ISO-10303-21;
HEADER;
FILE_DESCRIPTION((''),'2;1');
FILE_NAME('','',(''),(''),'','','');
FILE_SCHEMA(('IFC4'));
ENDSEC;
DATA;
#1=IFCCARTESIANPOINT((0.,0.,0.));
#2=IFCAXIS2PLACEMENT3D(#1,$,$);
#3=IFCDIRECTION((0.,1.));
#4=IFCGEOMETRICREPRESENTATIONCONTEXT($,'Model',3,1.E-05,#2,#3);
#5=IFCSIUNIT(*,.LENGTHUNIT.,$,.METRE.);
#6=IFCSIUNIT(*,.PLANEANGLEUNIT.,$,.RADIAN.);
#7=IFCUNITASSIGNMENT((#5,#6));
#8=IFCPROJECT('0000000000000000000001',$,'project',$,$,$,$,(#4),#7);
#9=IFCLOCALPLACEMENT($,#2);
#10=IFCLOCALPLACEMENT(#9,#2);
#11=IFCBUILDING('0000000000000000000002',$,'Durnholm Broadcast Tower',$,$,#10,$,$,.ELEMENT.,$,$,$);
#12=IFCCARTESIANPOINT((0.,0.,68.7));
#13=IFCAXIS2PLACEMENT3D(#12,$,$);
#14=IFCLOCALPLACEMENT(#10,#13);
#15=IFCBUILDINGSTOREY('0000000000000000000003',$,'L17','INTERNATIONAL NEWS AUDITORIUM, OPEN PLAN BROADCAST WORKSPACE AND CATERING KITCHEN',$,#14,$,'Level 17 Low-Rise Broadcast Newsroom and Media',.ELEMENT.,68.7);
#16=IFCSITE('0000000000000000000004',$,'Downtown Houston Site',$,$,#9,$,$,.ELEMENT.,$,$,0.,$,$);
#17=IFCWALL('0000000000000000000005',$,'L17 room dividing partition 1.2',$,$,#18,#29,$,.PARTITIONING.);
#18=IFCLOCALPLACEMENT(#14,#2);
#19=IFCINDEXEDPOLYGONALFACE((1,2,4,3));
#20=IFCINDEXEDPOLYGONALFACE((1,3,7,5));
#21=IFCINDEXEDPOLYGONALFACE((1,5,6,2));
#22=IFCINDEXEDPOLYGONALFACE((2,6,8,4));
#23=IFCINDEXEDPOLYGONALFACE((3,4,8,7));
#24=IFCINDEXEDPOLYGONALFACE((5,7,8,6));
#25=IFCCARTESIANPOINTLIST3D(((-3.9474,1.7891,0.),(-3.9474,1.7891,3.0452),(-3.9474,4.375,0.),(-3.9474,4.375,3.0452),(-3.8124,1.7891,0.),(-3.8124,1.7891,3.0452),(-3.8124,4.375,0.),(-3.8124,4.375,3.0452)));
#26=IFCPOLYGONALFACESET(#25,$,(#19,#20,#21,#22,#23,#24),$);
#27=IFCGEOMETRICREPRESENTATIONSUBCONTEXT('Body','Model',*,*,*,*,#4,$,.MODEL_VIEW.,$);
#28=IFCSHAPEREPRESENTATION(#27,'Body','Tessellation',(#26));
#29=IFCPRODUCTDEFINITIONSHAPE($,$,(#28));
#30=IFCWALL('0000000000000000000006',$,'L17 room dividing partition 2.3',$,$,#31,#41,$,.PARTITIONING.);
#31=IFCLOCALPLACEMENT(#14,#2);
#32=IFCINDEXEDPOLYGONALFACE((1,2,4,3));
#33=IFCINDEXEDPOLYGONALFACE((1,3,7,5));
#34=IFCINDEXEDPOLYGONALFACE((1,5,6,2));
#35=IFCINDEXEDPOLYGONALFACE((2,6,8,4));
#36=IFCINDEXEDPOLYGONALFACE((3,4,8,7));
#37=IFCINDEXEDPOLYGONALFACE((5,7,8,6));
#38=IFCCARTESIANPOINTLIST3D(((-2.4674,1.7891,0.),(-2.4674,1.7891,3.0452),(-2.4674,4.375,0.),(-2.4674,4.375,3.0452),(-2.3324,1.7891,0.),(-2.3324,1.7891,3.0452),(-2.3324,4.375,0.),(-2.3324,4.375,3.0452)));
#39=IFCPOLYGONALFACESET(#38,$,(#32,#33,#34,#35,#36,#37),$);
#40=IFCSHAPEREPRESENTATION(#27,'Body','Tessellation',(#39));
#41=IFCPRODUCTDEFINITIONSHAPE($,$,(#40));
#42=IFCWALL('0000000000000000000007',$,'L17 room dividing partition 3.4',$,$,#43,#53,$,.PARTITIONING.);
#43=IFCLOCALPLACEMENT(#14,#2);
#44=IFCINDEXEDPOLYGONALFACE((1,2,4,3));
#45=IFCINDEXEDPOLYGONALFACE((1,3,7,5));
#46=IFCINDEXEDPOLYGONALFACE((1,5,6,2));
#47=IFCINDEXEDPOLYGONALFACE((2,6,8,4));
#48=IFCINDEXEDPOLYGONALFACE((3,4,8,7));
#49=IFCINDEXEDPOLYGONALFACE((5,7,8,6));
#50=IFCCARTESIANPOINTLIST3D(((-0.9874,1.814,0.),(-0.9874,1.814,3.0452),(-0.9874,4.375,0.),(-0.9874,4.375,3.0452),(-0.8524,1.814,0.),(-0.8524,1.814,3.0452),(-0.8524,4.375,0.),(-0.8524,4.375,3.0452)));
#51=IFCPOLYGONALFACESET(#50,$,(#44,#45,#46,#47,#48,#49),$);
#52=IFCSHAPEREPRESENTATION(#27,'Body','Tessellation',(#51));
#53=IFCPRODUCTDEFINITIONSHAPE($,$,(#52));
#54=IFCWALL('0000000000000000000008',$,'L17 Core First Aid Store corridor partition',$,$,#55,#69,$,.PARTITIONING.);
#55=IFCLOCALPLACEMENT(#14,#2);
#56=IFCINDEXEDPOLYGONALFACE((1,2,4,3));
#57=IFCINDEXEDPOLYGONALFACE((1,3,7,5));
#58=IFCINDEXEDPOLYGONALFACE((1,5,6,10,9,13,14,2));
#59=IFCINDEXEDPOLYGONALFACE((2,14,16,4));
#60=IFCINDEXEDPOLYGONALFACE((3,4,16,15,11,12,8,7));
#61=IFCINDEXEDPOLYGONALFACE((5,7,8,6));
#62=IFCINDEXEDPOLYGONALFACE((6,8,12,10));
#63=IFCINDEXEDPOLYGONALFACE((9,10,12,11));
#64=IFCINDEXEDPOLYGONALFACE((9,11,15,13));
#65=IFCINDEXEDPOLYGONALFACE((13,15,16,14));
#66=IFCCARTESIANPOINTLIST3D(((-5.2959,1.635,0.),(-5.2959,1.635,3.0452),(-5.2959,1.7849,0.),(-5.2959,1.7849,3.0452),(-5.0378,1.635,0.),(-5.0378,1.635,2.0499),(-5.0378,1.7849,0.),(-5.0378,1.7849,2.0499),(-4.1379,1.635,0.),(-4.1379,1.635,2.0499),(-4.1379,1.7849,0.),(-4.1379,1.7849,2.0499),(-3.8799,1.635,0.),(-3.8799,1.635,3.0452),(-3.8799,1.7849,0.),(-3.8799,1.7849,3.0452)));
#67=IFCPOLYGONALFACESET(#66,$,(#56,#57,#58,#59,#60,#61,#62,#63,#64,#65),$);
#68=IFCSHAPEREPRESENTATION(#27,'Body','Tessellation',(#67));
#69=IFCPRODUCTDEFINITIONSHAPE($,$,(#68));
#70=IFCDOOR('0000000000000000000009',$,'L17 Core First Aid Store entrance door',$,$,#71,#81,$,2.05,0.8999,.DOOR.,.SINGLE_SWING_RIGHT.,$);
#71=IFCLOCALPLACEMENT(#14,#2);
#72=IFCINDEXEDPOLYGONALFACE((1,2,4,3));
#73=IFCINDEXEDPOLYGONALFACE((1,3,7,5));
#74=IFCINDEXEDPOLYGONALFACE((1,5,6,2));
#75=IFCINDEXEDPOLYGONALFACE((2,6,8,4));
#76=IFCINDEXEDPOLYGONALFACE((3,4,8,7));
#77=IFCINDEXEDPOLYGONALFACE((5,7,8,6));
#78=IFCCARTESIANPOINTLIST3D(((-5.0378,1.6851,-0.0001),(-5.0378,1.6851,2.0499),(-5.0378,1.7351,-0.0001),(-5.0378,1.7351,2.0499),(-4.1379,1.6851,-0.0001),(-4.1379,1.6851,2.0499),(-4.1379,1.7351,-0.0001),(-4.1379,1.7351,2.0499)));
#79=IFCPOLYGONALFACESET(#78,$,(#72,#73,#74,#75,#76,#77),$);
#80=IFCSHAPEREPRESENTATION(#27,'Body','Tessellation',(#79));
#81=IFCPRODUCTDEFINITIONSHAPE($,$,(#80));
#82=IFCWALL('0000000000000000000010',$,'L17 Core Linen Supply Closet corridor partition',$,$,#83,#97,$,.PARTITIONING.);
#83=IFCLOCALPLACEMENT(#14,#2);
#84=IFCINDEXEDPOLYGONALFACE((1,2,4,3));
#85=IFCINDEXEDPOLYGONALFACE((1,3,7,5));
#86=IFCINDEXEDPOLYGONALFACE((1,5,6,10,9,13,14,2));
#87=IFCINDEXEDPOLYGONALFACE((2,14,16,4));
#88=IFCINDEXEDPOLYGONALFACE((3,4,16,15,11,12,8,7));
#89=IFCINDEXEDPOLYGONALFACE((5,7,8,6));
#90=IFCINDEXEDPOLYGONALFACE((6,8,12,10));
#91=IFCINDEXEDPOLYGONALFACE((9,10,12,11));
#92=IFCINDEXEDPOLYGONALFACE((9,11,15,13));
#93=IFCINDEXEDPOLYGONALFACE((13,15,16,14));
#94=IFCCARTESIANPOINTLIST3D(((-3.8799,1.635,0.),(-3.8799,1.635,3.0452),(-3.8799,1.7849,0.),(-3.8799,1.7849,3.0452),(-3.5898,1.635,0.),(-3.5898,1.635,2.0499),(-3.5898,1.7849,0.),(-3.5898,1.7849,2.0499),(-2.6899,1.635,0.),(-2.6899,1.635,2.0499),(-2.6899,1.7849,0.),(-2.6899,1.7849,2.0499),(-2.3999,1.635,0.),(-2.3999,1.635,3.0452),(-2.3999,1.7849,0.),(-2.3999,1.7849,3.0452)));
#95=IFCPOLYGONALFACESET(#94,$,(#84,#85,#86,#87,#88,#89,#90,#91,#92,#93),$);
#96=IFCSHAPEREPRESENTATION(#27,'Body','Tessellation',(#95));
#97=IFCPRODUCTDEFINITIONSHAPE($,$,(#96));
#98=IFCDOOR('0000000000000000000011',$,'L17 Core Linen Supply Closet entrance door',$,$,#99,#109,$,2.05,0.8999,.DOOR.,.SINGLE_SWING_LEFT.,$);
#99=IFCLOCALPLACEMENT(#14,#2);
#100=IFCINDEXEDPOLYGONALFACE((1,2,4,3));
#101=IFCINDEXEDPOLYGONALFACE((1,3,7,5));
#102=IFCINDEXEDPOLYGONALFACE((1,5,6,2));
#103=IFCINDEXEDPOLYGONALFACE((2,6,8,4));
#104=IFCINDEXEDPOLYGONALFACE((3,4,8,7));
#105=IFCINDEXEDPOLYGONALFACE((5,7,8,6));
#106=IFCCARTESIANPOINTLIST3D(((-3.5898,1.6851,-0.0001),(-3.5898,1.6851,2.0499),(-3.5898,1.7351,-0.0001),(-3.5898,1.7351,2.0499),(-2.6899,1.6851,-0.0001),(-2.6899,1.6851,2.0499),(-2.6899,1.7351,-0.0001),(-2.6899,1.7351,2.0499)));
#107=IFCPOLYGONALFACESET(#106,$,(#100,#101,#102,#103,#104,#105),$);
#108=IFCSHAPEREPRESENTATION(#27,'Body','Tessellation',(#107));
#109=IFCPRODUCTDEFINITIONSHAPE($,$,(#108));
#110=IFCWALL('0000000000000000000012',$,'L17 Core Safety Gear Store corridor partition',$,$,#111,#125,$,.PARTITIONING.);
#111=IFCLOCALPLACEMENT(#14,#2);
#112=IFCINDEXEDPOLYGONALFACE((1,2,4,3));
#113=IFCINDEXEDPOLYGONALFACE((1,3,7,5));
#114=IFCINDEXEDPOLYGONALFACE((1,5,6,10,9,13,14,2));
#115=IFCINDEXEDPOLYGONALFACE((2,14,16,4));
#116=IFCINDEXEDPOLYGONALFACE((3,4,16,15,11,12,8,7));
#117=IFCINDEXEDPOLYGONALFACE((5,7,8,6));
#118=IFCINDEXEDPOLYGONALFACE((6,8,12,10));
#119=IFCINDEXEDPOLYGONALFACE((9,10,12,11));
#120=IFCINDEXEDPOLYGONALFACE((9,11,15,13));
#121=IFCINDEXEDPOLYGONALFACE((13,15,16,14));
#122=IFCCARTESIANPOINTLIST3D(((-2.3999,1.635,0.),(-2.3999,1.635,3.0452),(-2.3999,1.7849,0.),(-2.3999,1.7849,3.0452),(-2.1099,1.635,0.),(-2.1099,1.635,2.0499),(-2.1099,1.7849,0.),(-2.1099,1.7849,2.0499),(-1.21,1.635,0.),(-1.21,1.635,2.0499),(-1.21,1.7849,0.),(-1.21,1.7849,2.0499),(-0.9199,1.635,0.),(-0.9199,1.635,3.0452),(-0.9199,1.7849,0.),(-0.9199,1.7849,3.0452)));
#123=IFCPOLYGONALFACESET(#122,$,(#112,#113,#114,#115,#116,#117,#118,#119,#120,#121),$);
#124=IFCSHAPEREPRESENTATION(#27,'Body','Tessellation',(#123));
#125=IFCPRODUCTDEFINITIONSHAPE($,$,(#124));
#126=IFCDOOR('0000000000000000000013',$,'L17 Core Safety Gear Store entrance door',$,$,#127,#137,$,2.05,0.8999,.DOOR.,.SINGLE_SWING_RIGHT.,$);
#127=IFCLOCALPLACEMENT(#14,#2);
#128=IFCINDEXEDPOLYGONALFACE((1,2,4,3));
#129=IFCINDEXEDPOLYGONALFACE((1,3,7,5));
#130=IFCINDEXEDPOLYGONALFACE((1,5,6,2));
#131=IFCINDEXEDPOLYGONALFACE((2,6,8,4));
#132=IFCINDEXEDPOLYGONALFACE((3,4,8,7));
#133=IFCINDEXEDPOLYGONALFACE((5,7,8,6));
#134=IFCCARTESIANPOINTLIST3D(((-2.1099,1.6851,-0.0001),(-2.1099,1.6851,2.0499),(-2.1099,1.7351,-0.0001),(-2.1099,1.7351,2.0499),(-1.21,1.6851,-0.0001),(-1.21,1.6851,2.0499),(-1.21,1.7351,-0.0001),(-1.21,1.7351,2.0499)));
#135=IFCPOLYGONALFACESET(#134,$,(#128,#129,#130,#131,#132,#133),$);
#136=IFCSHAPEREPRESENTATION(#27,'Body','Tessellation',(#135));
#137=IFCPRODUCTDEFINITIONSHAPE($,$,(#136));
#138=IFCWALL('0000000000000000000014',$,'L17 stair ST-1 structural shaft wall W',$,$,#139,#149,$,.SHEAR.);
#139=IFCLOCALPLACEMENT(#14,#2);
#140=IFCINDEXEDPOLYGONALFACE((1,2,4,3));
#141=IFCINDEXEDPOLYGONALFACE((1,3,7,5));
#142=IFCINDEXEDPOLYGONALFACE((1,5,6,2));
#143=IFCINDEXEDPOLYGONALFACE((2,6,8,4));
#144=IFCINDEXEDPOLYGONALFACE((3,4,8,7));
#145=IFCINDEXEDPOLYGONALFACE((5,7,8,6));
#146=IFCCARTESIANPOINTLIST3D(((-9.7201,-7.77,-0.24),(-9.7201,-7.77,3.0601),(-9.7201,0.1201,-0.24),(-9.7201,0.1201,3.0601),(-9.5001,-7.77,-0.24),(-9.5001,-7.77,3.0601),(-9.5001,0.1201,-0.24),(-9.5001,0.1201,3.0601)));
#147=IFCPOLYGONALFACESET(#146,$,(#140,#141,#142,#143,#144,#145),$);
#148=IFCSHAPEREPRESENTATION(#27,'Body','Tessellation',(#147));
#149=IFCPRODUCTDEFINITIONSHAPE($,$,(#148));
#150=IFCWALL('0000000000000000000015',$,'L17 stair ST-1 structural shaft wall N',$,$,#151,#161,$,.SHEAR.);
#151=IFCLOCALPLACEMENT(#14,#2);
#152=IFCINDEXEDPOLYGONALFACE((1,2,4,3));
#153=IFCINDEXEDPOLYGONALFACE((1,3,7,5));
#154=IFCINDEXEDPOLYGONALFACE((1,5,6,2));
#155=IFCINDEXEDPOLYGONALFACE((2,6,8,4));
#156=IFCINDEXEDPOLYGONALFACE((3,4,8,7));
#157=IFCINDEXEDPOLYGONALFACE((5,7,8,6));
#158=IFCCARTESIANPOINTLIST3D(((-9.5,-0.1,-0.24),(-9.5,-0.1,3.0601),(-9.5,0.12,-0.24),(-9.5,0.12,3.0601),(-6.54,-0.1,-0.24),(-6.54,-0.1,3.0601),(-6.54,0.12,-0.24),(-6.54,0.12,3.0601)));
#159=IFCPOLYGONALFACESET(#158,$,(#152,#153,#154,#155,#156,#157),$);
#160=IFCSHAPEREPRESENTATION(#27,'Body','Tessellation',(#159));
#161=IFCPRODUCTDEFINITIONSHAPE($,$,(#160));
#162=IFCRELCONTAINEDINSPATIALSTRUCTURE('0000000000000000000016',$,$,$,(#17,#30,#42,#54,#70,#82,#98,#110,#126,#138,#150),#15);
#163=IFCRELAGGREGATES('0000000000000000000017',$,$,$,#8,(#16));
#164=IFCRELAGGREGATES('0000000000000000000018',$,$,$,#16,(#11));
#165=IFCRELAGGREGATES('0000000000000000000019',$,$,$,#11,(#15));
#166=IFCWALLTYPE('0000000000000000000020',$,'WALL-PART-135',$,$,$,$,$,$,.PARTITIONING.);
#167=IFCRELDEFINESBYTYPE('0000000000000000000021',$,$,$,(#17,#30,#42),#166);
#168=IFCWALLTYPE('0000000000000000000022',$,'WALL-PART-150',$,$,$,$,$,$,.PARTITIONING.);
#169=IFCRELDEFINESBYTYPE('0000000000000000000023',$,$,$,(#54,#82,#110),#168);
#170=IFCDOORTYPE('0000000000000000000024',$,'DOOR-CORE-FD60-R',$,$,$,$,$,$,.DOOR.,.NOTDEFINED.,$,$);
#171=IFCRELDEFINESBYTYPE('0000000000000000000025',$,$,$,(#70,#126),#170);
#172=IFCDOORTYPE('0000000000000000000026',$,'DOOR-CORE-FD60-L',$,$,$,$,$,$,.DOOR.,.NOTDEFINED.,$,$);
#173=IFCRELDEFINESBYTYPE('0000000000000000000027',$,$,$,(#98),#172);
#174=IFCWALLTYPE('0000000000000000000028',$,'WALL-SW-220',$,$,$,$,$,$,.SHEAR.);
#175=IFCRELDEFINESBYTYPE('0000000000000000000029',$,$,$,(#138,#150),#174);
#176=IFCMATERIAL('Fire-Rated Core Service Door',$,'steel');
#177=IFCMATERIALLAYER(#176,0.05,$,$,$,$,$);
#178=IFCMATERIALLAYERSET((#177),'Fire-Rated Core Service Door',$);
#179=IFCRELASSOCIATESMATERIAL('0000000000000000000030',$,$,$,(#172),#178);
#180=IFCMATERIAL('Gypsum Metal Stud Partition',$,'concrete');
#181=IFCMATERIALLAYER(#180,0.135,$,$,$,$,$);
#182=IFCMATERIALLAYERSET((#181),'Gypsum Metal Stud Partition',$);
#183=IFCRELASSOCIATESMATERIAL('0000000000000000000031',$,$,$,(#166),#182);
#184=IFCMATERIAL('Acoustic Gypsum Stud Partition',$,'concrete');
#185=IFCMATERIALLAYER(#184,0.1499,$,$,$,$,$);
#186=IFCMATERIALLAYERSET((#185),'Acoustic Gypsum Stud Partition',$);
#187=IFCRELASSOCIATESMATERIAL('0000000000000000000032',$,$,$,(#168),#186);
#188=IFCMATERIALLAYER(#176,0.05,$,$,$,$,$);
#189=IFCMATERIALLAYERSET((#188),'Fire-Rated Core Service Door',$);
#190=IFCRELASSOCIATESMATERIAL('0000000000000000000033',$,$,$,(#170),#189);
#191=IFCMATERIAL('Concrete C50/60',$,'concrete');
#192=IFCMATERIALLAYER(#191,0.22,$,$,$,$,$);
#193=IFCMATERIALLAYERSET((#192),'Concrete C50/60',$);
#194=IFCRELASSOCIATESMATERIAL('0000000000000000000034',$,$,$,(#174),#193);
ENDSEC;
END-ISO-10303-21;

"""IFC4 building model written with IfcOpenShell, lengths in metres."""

from ifc_helpers import new_model, si_unit, direction, frame, frame_2d, origin, place, context, subcontext, project, spatial, rectangle, extrude, source, transform, mapped, material, layer, layer_set, type_object, type_shapes, element, fill, save


model = new_model("IFC4")

# Units and contexts
model_context = context("Model", 3, precision=1e-05, world=origin(), true_north=direction((0.0, 1.0)))
body_context = subcontext(model_context, "Body", "Model", "MODEL_VIEW")
ifc_project = project(units=[si_unit("LENGTHUNIT", "METRE"), si_unit("PLANEANGLEUNIT", "RADIAN")], contexts=[model_context])

# Site, building, storey
site_placement = place(None, origin())
site = spatial("IfcSite", under=ifc_project, at=site_placement, Name="Downtown Houston Site", CompositionType="ELEMENT", RefElevation=0.0)
building_placement = place(site_placement, origin())
building = spatial("IfcBuilding", under=site, at=building_placement, Name="Durnholm Broadcast Tower", CompositionType="ELEMENT")
storey_placement = place(building_placement, frame((0.0, 0.0, 68.7)))
storey = spatial("IfcBuildingStorey", under=building, at=storey_placement, Name="L17", Description="INTERNATIONAL NEWS AUDITORIUM, OPEN PLAN BROADCAST WORKSPACE AND CATERING KITCHEN", LongName="Level 17 Low-Rise Broadcast Newsroom and Media", CompositionType="ELEMENT", Elevation=68.7)

# Shared definitions
ifc_material_1 = material(Name="Concrete C50/60", Category="concrete")

# Shared definitions
ifc_material_2 = material(Name="Fire-Rated Core Service Door", Category="steel")
ifc_layer_1 = layer(ifc_material_2, 0.05)
ifc_layer_set_1 = layer_set([ifc_layer_1], Name="Fire-Rated Core Service Door")
door_type_1 = type_object("IfcDoorType", Name="DOOR-CORE-FD60-L", OperationType="NOTDEFINED", PredefinedType="DOOR", material=ifc_layer_set_1)
shared_shape_1 = source(origin(), body_context, "Body", "SweptSolid", [
    extrude(rectangle(XDim=0.8999, YDim=2.05, at=frame_2d((0.45, 1.0249))), frame((0.0, 0.0249, 0.0), z_axis=(0.0, -1.0, 0.0), x_axis=(1.0, 0.0, 0.0)), (0.0, 0.0, 1.0), 0.05),
])
type_shapes(door_type_1, [shared_shape_1])

# Walls
ifc_material_3 = material(Name="Gypsum Metal Stud Partition", Category="concrete")
ifc_layer_2 = layer(ifc_material_3, 0.135)
ifc_layer_set_2 = layer_set([ifc_layer_2], Name="Gypsum Metal Stud Partition")
wall_type_1 = type_object("IfcWallType", Name="WALL-PART-135", PredefinedType="PARTITIONING", material=ifc_layer_set_2)
for number, where, z_axis, x_axis, name in (
    (1, (-3.8799, 4.375, 0.0), (0.0, 0.0, 1.0), (0.0, -1.0, 0.0), "L17 room dividing partition 1.2"),
    (2, (-2.3999, 4.375, 0.0), (0.0, 0.0, 1.0), (0.0, -1.0, 0.0), "L17 room dividing partition 2.3"),
):
    element("IfcWall", number, at=place(storey_placement, frame(where, z_axis=z_axis, x_axis=x_axis)), inside=storey, type_object=wall_type_1, Name=name, PredefinedType="PARTITIONING", context=body_context, shape_type="SweptSolid", body=[
        extrude(rectangle(XDim=2.5859, YDim=0.135, at=frame_2d((1.293, 0.0))), origin(), (0.0, 0.0, 1.0), 3.0452),
    ])
wall_1_placement = place(storey_placement, frame((-0.9199, 4.375, 0.0), z_axis=(0.0, 0.0, 1.0), x_axis=(0.0, -1.0, 0.0)))
element("IfcWall", 3, at=wall_1_placement, inside=storey, type_object=wall_type_1, Name="L17 room dividing partition 3.4", PredefinedType="PARTITIONING", context=body_context, shape_type="SweptSolid", body=[
    extrude(rectangle(XDim=2.561, YDim=0.135, at=frame_2d((1.2805, 0.0))), origin(), (0.0, 0.0, 1.0), 3.0452),
])

# Walls, openings, doors
ifc_material_4 = material(Name="Acoustic Gypsum Stud Partition", Category="concrete")
ifc_layer_3 = layer(ifc_material_4, 0.1499)
ifc_layer_set_3 = layer_set([ifc_layer_3], Name="Acoustic Gypsum Stud Partition")
wall_type_2 = type_object("IfcWallType", Name="WALL-PART-150", PredefinedType="PARTITIONING", material=ifc_layer_set_3)
wall_2_placement = place(storey_placement, frame((-3.8799, 1.71, 0.0), z_axis=(0.0, 0.0, 1.0), x_axis=(-1.0, 0.0, 0.0)))
wall_2 = element("IfcWall", 4, at=wall_2_placement, inside=storey, type_object=wall_type_2, Name="L17 Core First Aid Store corridor partition", PredefinedType="PARTITIONING", context=body_context, shape_type="SweptSolid", body=[
    extrude(rectangle(XDim=1.416, YDim=0.1499, at=frame_2d((0.708, 0.0))), origin(), (0.0, 0.0, 1.0), 3.0452),
])
opening_1_placement = place(wall_2_placement, frame((0.2581, 0.0, 0.0)))
opening_1 = element("IfcOpeningElement", 5, at=opening_1_placement, cuts=wall_2, PredefinedType="OPENING", context=body_context, shape_type="SweptSolid", body=[
    extrude(rectangle(XDim=0.8999, YDim=2.05, at=frame_2d((0.45, 1.0249))), frame((0.0, 0.085, 0.0), z_axis=(0.0, -1.0, 0.0), x_axis=(1.0, 0.0, 0.0)), (0.0, 0.0, 1.0), 0.1699),
])
ifc_layer_4 = layer(ifc_material_2, 0.05)
ifc_layer_set_4 = layer_set([ifc_layer_4], Name="Fire-Rated Core Service Door")
door_type_2 = type_object("IfcDoorType", Name="DOOR-CORE-FD60-R", OperationType="NOTDEFINED", PredefinedType="DOOR", material=ifc_layer_set_4)
shared_shape_2 = source(origin(), body_context, "Body", "SweptSolid", [
    extrude(rectangle(XDim=0.8999, YDim=2.05, at=frame_2d((0.45, 1.0249))), frame((0.0, 0.0249, 0.0), z_axis=(0.0, -1.0, 0.0), x_axis=(1.0, 0.0, 0.0)), (0.0, 0.0, 1.0), 0.05),
])
type_shapes(door_type_2, [shared_shape_2])
door_1_placement = place(opening_1_placement, origin())
door_1 = element("IfcDoor", 6, at=door_1_placement, inside=storey, type_object=door_type_2, Name="L17 Core First Aid Store entrance door", OperationType="SINGLE_SWING_RIGHT", OverallHeight=2.05, OverallWidth=0.8999, PredefinedType="DOOR", context=body_context, shape_type="MappedRepresentation", body=[
    mapped(shared_shape_2, transform((0.0, 0.0, 0.0), x_axis=(1.0, 0.0, 0.0), y_axis=(0.0, 1.0, 0.0), z_axis=(0.0, 0.0, 1.0), scale=1.0)),
])
fill(opening_1, door_1)
wall_3_placement = place(storey_placement, frame((-2.3999, 1.71, 0.0), z_axis=(0.0, 0.0, 1.0), x_axis=(-1.0, 0.0, 0.0)))
wall_3 = element("IfcWall", 7, at=wall_3_placement, inside=storey, type_object=wall_type_2, Name="L17 Core Linen Supply Closet corridor partition", PredefinedType="PARTITIONING", context=body_context, shape_type="SweptSolid", body=[
    extrude(rectangle(XDim=1.48, YDim=0.1499, at=frame_2d((0.74, 0.0))), origin(), (0.0, 0.0, 1.0), 3.0452),
])
opening_2_placement = place(wall_3_placement, frame((0.29, 0.0, 0.0)))
opening_2 = element("IfcOpeningElement", 8, at=opening_2_placement, cuts=wall_3, PredefinedType="OPENING", context=body_context, shape_type="SweptSolid", body=[
    extrude(rectangle(XDim=0.8999, YDim=2.05, at=frame_2d((0.45, 1.0249))), frame((0.0, 0.085, 0.0), z_axis=(0.0, -1.0, 0.0), x_axis=(1.0, 0.0, 0.0)), (0.0, 0.0, 1.0), 0.1699),
])
door_2_placement = place(opening_2_placement, origin())
door_2 = element("IfcDoor", 9, at=door_2_placement, inside=storey, type_object=door_type_1, Name="L17 Core Linen Supply Closet entrance door", OperationType="SINGLE_SWING_LEFT", OverallHeight=2.05, OverallWidth=0.8999, PredefinedType="DOOR", context=body_context, shape_type="MappedRepresentation", body=[
    mapped(shared_shape_1, transform((0.0, 0.0, 0.0), x_axis=(1.0, 0.0, 0.0), y_axis=(0.0, 1.0, 0.0), z_axis=(0.0, 0.0, 1.0), scale=1.0)),
])
fill(opening_2, door_2)
wall_4_placement = place(storey_placement, frame((-0.9199, 1.71, 0.0), z_axis=(0.0, 0.0, 1.0), x_axis=(-1.0, 0.0, 0.0)))
wall_4 = element("IfcWall", 10, at=wall_4_placement, inside=storey, type_object=wall_type_2, Name="L17 Core Safety Gear Store corridor partition", PredefinedType="PARTITIONING", context=body_context, shape_type="SweptSolid", body=[
    extrude(rectangle(XDim=1.48, YDim=0.1499, at=frame_2d((0.74, 0.0))), origin(), (0.0, 0.0, 1.0), 3.0452),
])
opening_3_placement = place(wall_4_placement, frame((0.29, 0.0, 0.0)))
opening_3 = element("IfcOpeningElement", 11, at=opening_3_placement, cuts=wall_4, PredefinedType="OPENING", context=body_context, shape_type="SweptSolid", body=[
    extrude(rectangle(XDim=0.8999, YDim=2.05, at=frame_2d((0.45, 1.0249))), frame((0.0, 0.085, 0.0), z_axis=(0.0, -1.0, 0.0), x_axis=(1.0, 0.0, 0.0)), (0.0, 0.0, 1.0), 0.1699),
])
door_3_placement = place(opening_3_placement, origin())
door_3 = element("IfcDoor", 12, at=door_3_placement, inside=storey, type_object=door_type_2, Name="L17 Core Safety Gear Store entrance door", OperationType="SINGLE_SWING_RIGHT", OverallHeight=2.05, OverallWidth=0.8999, PredefinedType="DOOR", context=body_context, shape_type="MappedRepresentation", body=[
    mapped(shared_shape_2, transform((0.0, 0.0, 0.0), x_axis=(1.0, 0.0, 0.0), y_axis=(0.0, 1.0, 0.0), z_axis=(0.0, 0.0, 1.0), scale=1.0)),
])
fill(opening_3, door_3)

# Walls
ifc_layer_5 = layer(ifc_material_1, 0.22)
ifc_layer_set_5 = layer_set([ifc_layer_5], Name="Concrete C50/60")
wall_type_3 = type_object("IfcWallType", Name="WALL-SW-220", PredefinedType="SHEAR", material=ifc_layer_set_5)
wall_5_placement = place(storey_placement, frame((-9.6101, 0.1201, -0.24), z_axis=(0.0, 0.0, 1.0), x_axis=(0.0, -1.0, 0.0)))
element("IfcWall", 13, at=wall_5_placement, inside=storey, type_object=wall_type_3, Name="L17 stair ST-1 structural shaft wall W", PredefinedType="SHEAR", context=body_context, shape_type="SweptSolid", body=[
    extrude(rectangle(XDim=7.8901, YDim=0.22, at=frame_2d((3.9451, 0.0))), origin(), (0.0, 0.0, 1.0), 3.3),
])
wall_6_placement = place(storey_placement, frame((-6.54, 0.01, -0.24), z_axis=(0.0, 0.0, 1.0), x_axis=(-1.0, 0.0, 0.0)))
element("IfcWall", 14, at=wall_6_placement, inside=storey, type_object=wall_type_3, Name="L17 stair ST-1 structural shaft wall N", PredefinedType="SHEAR", context=body_context, shape_type="SweptSolid", body=[
    extrude(rectangle(XDim=2.96, YDim=0.22, at=frame_2d((1.48, 0.0))), origin(), (0.0, 0.0, 1.0), 3.3),
])

save(model, "model.ifc")
